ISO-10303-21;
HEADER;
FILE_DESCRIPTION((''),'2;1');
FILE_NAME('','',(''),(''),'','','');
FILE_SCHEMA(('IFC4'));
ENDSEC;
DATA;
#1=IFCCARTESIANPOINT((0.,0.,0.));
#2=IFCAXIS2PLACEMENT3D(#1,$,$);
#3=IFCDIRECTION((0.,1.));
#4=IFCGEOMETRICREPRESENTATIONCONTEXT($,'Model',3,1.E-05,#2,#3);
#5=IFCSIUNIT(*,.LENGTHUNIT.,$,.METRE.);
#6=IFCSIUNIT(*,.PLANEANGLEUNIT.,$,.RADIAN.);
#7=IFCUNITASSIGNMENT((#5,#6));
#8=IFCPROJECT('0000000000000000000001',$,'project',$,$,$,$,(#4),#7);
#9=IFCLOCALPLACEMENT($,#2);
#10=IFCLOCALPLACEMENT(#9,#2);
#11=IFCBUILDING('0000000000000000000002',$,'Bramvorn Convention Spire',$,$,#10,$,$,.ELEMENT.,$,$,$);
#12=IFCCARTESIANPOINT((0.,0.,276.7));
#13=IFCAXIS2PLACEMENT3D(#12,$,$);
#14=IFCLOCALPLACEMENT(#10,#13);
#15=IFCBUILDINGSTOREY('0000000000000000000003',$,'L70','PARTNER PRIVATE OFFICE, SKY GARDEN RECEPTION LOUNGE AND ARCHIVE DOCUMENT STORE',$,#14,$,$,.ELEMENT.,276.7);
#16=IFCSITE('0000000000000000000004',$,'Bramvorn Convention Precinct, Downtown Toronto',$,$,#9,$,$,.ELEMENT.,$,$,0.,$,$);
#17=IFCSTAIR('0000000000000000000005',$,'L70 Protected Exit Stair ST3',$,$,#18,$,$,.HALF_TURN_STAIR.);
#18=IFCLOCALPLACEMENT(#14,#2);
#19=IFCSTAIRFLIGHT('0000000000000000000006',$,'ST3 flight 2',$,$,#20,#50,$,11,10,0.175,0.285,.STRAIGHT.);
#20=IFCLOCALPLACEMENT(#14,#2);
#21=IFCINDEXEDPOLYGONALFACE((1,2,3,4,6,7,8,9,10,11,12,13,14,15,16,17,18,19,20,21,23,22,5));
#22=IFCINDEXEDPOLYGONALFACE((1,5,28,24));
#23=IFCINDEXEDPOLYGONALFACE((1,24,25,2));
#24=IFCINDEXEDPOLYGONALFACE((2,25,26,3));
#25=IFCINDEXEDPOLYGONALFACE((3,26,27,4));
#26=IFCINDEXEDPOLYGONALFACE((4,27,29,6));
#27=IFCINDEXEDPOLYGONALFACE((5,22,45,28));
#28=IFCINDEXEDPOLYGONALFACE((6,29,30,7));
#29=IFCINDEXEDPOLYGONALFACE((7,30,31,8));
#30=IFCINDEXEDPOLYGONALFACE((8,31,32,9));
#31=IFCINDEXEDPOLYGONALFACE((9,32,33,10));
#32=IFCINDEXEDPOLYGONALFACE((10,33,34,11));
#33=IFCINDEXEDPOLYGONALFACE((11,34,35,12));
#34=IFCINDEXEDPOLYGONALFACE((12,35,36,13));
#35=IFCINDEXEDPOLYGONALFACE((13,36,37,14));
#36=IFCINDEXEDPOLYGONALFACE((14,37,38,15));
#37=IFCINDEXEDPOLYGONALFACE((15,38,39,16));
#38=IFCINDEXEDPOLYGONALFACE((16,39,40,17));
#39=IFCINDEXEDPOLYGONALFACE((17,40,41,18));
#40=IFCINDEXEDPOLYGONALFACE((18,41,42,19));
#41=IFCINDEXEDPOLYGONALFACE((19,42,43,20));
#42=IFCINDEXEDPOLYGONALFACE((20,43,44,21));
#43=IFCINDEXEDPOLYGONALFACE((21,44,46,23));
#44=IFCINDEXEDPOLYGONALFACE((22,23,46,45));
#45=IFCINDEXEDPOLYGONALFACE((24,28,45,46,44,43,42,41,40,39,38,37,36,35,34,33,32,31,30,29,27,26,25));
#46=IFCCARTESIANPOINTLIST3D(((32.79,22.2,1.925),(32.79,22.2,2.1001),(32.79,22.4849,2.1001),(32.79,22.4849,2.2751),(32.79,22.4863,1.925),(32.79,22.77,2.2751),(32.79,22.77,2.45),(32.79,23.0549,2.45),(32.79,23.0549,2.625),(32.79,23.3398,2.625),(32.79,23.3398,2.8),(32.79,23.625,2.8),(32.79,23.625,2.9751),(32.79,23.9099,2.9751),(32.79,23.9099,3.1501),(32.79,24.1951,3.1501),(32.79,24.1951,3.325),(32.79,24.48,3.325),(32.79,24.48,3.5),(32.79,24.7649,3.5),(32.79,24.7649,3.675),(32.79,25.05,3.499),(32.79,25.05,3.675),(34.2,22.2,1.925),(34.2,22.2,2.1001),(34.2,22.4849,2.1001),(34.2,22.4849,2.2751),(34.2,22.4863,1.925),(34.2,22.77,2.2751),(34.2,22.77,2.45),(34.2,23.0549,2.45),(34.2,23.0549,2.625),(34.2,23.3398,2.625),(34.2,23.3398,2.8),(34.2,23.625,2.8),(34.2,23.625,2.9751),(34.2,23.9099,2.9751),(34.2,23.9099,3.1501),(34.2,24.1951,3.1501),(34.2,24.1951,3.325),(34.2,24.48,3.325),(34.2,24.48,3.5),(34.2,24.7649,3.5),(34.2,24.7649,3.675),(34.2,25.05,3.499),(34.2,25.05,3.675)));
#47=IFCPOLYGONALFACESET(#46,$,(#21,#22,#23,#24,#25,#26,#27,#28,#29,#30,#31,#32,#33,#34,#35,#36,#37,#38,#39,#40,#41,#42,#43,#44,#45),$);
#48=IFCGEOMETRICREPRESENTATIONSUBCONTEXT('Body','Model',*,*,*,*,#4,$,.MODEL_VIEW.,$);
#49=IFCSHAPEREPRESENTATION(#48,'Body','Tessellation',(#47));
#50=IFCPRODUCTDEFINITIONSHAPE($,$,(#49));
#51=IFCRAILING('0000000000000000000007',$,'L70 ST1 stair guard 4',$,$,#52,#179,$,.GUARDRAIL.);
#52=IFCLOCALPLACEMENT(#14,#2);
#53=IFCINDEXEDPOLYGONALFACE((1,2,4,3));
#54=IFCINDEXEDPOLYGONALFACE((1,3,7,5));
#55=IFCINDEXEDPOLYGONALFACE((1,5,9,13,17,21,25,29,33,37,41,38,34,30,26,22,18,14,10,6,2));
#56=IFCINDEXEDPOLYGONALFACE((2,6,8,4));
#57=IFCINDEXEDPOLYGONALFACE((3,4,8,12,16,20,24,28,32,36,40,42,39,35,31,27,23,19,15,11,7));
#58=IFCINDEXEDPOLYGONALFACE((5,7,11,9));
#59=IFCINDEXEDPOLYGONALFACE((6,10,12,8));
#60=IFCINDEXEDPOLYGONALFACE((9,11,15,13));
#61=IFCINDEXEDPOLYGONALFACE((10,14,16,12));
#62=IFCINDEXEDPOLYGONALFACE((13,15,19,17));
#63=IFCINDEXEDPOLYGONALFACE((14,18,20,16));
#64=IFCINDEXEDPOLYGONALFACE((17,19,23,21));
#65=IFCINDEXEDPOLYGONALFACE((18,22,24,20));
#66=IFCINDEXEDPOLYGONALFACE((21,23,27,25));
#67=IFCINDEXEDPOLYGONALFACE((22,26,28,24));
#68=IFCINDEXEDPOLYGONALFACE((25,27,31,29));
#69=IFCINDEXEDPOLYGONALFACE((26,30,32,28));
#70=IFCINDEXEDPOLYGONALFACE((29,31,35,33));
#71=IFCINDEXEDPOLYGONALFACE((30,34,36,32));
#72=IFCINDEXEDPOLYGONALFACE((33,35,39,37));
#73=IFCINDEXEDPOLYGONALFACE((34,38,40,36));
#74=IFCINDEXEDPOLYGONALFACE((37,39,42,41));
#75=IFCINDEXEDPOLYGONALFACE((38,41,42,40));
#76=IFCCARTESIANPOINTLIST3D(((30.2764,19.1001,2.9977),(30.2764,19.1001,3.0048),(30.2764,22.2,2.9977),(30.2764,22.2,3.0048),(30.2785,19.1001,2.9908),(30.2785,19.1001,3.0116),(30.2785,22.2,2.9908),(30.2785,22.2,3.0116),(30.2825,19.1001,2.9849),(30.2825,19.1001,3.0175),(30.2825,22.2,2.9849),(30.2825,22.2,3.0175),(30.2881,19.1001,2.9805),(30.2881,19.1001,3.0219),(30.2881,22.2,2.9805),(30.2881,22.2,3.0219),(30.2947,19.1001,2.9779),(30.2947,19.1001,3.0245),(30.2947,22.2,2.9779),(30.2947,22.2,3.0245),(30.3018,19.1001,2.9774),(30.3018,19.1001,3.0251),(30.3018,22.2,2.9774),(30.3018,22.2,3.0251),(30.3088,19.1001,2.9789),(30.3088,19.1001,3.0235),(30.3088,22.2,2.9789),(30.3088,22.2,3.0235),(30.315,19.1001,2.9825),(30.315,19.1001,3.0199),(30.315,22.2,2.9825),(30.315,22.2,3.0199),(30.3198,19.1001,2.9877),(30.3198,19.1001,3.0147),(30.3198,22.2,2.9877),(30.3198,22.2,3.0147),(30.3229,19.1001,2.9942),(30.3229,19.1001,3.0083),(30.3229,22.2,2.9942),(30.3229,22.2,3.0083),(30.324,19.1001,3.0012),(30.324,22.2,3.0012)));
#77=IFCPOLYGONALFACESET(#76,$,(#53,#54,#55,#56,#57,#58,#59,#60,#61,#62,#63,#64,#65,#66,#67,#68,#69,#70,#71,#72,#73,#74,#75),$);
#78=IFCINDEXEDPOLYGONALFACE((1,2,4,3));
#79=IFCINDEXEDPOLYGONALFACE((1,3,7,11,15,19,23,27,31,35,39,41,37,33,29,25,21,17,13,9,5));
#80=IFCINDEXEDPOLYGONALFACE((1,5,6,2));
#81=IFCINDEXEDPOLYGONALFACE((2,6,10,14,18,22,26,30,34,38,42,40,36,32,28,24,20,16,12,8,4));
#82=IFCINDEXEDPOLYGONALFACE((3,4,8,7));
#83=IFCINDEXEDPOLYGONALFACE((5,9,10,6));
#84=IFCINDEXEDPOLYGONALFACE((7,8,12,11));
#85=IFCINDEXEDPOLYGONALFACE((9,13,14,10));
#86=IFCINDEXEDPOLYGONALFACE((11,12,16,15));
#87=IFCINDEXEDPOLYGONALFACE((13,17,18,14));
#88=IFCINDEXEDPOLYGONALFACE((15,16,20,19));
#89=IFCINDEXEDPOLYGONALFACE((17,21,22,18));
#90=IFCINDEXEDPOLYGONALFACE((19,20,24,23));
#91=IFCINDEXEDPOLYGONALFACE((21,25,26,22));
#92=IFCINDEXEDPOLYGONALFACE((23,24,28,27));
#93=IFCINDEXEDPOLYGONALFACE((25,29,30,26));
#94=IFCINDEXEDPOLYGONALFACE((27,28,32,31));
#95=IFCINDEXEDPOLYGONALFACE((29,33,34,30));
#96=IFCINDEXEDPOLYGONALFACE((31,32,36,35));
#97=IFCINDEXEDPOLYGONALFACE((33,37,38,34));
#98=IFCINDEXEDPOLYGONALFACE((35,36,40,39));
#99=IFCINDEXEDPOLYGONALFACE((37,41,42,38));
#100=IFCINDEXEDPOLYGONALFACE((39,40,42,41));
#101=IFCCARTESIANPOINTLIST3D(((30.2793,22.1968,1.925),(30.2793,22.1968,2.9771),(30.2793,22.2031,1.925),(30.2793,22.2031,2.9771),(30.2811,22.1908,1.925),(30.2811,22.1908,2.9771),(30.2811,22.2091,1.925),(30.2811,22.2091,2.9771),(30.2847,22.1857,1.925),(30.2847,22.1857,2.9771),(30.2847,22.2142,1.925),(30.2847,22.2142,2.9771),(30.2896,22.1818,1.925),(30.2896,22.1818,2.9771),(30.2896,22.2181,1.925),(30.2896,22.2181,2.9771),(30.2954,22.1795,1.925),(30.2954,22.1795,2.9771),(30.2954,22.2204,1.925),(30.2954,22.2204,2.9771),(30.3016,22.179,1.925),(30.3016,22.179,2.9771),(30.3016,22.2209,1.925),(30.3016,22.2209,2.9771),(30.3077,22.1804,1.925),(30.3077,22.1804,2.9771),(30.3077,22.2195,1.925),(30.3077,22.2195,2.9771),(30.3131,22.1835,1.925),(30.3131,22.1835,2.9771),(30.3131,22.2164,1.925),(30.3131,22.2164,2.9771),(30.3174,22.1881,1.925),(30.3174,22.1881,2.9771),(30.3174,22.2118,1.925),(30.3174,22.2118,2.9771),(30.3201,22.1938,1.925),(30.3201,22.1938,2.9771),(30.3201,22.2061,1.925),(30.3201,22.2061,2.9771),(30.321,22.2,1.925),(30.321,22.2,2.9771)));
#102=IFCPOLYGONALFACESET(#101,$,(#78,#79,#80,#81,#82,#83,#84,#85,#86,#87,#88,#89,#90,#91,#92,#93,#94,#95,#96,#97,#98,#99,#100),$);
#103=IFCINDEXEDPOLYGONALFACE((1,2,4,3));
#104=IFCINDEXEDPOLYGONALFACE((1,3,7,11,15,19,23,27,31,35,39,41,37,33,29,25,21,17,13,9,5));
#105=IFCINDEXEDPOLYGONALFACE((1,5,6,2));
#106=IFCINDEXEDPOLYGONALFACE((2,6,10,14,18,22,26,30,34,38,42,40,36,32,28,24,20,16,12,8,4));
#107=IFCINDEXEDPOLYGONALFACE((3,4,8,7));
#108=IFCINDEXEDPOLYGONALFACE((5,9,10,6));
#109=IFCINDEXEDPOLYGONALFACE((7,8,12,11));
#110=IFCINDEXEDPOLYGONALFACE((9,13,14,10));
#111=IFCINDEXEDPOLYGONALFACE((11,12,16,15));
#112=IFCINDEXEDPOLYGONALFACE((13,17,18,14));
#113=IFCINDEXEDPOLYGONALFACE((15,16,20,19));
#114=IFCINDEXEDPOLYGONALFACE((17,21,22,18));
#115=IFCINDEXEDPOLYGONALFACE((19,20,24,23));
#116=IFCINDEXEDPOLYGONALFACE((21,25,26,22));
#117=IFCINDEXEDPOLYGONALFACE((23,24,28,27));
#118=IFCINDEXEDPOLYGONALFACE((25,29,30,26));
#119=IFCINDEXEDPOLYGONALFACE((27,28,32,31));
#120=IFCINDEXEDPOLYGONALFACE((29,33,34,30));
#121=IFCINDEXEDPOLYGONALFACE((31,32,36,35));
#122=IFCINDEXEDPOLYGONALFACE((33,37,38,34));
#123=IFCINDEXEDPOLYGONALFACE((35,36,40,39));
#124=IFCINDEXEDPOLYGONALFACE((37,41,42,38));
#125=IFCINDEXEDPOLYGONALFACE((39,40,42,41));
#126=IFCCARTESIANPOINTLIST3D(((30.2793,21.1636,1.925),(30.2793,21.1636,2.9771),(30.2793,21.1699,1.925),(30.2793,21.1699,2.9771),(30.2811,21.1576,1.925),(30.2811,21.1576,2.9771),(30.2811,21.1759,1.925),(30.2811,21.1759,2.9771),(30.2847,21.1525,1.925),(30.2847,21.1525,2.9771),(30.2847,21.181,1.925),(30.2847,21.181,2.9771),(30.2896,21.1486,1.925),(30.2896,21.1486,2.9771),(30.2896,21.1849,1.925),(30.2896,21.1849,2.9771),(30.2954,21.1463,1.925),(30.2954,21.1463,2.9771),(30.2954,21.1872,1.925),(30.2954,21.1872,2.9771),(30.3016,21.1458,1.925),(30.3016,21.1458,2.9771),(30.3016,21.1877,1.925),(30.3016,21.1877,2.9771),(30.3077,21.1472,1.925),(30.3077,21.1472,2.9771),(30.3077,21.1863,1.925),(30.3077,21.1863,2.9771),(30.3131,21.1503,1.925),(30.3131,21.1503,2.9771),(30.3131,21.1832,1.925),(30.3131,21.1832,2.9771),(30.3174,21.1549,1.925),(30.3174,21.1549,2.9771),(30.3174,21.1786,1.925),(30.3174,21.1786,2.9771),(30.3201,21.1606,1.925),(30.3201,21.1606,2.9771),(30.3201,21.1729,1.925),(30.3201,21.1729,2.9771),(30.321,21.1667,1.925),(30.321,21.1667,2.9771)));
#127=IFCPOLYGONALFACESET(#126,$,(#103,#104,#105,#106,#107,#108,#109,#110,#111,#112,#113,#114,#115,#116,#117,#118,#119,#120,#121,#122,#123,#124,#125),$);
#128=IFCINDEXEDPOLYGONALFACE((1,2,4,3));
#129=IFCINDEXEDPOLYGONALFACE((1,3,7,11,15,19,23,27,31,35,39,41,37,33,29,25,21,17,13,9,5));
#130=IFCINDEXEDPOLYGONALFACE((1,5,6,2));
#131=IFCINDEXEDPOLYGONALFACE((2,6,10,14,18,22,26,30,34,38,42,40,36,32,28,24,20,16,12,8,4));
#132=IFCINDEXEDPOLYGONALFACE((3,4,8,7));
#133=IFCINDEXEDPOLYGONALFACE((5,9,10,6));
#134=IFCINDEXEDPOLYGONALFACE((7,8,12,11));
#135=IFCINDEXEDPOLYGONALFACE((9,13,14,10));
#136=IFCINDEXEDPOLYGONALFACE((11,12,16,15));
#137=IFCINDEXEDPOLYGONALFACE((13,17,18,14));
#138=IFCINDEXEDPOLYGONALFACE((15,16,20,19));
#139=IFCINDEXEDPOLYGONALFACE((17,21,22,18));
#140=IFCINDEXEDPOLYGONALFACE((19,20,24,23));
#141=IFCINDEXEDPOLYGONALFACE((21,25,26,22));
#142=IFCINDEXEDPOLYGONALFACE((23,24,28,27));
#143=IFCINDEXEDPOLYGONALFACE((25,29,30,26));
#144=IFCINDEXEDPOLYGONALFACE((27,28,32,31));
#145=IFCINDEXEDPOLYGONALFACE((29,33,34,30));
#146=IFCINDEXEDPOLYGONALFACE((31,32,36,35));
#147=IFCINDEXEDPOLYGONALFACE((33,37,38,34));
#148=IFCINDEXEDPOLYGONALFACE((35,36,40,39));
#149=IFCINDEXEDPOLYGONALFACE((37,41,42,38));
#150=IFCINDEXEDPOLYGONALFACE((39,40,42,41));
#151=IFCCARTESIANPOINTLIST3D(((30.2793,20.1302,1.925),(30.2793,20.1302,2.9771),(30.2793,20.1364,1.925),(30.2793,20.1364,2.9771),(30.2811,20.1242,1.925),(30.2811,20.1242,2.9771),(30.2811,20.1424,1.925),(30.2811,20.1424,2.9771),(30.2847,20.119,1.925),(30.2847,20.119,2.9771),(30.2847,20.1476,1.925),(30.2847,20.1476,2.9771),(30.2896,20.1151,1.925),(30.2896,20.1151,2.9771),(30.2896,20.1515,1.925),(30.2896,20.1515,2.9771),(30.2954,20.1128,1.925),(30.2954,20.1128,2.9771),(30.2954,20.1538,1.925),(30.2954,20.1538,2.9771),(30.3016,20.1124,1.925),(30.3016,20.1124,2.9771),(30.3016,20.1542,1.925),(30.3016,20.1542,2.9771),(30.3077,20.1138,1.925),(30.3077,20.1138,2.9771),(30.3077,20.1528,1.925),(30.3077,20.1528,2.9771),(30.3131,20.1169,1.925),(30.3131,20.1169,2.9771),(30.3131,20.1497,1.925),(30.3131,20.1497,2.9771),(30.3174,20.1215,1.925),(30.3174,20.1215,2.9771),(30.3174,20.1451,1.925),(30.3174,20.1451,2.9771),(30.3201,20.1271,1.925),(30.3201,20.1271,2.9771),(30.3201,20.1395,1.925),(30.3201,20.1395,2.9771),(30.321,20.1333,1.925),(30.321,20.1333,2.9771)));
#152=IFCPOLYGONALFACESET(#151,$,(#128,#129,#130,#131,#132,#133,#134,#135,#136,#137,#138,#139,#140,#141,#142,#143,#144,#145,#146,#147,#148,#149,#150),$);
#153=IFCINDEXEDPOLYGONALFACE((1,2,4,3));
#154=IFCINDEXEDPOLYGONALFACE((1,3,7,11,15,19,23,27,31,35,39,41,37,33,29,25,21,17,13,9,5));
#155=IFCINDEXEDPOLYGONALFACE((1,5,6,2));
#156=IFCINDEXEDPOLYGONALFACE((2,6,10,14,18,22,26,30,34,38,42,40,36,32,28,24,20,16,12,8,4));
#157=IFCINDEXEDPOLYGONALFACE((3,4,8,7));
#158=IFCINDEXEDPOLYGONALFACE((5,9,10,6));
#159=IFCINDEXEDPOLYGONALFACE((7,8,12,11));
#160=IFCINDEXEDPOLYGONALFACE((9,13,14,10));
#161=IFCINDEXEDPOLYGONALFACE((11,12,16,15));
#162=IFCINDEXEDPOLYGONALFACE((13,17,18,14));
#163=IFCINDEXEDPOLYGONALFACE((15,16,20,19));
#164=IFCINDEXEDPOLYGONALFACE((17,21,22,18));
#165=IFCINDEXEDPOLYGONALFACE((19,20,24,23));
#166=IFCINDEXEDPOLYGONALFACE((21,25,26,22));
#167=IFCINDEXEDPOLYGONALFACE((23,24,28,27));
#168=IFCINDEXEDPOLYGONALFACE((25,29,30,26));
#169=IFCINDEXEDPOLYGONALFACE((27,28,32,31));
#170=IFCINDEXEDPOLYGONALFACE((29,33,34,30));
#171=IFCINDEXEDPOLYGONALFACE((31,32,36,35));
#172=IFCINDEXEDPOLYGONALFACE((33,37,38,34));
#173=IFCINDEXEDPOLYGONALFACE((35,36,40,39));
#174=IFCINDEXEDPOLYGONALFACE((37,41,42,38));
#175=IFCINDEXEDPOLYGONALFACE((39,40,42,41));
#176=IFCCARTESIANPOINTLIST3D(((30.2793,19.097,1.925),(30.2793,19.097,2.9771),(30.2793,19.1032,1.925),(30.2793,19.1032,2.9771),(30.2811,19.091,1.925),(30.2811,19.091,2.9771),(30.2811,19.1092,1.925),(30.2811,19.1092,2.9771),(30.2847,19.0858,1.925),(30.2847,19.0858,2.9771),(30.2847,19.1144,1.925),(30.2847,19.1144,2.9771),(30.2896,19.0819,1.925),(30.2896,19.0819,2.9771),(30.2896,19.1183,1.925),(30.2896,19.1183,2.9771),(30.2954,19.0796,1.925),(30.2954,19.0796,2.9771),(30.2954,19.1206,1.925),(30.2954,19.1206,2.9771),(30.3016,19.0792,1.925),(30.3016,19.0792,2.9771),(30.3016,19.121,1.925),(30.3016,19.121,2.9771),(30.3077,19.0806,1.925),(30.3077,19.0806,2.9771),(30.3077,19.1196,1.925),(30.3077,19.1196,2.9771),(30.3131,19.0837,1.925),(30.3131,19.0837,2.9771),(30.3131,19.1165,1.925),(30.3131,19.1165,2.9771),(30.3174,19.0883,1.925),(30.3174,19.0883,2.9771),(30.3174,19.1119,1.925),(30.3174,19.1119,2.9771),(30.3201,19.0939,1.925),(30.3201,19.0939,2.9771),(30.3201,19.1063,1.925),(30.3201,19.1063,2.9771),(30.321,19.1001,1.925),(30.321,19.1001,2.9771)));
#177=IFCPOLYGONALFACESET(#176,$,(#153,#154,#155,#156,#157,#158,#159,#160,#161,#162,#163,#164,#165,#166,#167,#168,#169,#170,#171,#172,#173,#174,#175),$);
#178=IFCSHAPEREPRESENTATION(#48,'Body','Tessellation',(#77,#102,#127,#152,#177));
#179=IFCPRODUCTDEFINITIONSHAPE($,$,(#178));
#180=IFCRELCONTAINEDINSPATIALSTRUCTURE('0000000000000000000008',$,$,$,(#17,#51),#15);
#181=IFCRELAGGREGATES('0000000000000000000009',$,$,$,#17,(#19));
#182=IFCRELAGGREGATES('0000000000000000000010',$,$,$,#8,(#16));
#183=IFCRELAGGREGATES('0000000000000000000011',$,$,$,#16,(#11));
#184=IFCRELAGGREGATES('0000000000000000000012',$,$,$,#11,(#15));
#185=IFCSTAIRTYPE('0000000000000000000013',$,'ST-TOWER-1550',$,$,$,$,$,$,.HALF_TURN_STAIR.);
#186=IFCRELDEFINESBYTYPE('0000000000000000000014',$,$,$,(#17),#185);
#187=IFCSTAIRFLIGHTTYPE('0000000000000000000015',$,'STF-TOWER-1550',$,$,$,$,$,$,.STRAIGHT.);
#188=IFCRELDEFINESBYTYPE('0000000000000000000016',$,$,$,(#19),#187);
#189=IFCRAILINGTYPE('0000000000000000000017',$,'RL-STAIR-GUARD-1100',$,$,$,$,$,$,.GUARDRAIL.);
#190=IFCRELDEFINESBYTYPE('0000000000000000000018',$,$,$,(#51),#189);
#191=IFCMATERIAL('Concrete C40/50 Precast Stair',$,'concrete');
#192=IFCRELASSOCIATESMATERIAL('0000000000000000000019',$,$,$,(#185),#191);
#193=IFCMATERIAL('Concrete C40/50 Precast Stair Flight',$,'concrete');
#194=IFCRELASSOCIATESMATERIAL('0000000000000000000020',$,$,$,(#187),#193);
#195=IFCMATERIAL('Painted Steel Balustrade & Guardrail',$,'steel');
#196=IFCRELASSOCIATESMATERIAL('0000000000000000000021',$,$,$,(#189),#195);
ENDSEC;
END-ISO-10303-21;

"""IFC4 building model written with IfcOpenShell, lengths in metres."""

from ifc_helpers import new_model, si_unit, direction, frame, origin, origin_2d, place, context, subcontext, project, spatial, polyline, circle, outline, extrude, material, type_object, element, aggregate, save


model = new_model("IFC4")

# Units and contexts
model_context = context("Model", 3, precision=1e-05, world=origin(), true_north=direction((0.0, 1.0)))
body_context = subcontext(model_context, "Body", "Model", "MODEL_VIEW")
ifc_project = project(units=[si_unit("LENGTHUNIT", "METRE"), si_unit("PLANEANGLEUNIT", "RADIAN")], contexts=[model_context])

# Site, building, storey
site_placement = place(None, origin())
site = spatial("IfcSite", under=ifc_project, at=site_placement, Name="Bramvorn Convention Precinct, Downtown Toronto", CompositionType="ELEMENT", RefElevation=0.0)
building_placement = place(site_placement, origin())
building = spatial("IfcBuilding", under=site, at=building_placement, Name="Bramvorn Convention Spire", CompositionType="ELEMENT")
storey_placement = place(building_placement, frame((0.0, 0.0, 276.7)))
storey = spatial("IfcBuildingStorey", under=building, at=storey_placement, Name="L70", Description="PARTNER PRIVATE OFFICE, SKY GARDEN RECEPTION LOUNGE AND ARCHIVE DOCUMENT STORE", CompositionType="ELEMENT", Elevation=276.7)

# Stair, stair flight
ifc_material_1 = material(Name="Concrete C40/50 Precast Stair", Category="concrete")
stair_type = type_object("IfcStairType", Name="ST-TOWER-1550", PredefinedType="HALF_TURN_STAIR", material=ifc_material_1)
ifc_material_2 = material(Name="Concrete C40/50 Precast Stair Flight", Category="concrete")
stair_flight_type = type_object("IfcStairFlightType", Name="STF-TOWER-1550", PredefinedType="STRAIGHT", material=ifc_material_2)
stair_1_placement = place(storey_placement, origin())
stair_1 = element("IfcStair", 1, at=stair_1_placement, inside=storey, type_object=stair_type, Name="L70 Protected Exit Stair ST3", PredefinedType="HALF_TURN_STAIR")
stair_flight_1_placement = place(storey_placement, frame((33.4951, 22.2, 1.925), z_axis=(0.0, 0.0, 1.0), x_axis=(0.0, 1.0, 0.0)))
stair_flight_1 = element("IfcStairFlight", 2, at=stair_flight_1_placement, type_object=stair_flight_type, Name="ST3 flight 2", NumberOfRisers=11, NumberOfTreads=10, PredefinedType="STRAIGHT", RiserHeight=0.175, TreadLength=0.285, context=body_context, shape_type="SweptSolid", body=[
    extrude(outline(polyline([(0.0, 0.0), (0.0, 0.175), (0.2849, 0.175), (0.2849, 0.3501), (0.5701, 0.3501), (0.5701, 0.5249), (0.855, 0.5249), (0.855, 0.7), (1.1399, 0.7), (1.1399, 0.875), (1.425, 0.875), (1.425, 1.05), (1.71, 1.05), (1.71, 1.2251), (1.9951, 1.2251), (1.9951, 1.3999), (2.28, 1.3999), (2.28, 1.575), (2.5649, 1.575), (2.5649, 1.75), (2.8501, 1.75), (2.8501, 1.925), (2.8501, 1.574), (0.2864, 0.0), (0.0, 0.0)])), frame((0.0, 0.7051, 0.0), z_axis=(0.0, -1.0, 0.0), x_axis=(1.0, 0.0, 0.0)), (0.0, 0.0, 1.0), 1.4099),
])
aggregate(stair_1, [stair_flight_1])

# Railing
ifc_material_3 = material(Name="Painted Steel Balustrade & Guardrail", Category="steel")
railing_type_1 = type_object("IfcRailingType", Name="RL-STAIR-GUARD-1100", PredefinedType="GUARDRAIL", material=ifc_material_3)
railing_1_placement = place(storey_placement, frame((30.3, 22.2, 1.925)))
element("IfcRailing", 3, at=railing_1_placement, inside=storey, type_object=railing_type_1, Name="L70 ST1 stair guard 4", PredefinedType="GUARDRAIL", context=body_context, shape_type="SweptSolid", body=[
    extrude(circle(Radius=0.0239, at=origin_2d()), frame((0.0, 0.0, 1.0762), z_axis=(0.0, -1.0, 0.0), x_axis=(1.0, 0.0, 0.0)), (0.0, 0.0, 1.0), 3.0999),
    extrude(circle(Radius=0.021, at=origin_2d()), origin(), (0.0, 0.0, 1.0), 1.052),
    extrude(circle(Radius=0.021, at=origin_2d()), frame((0.0, -1.0332, 0.0)), (0.0, 0.0, 1.0), 1.052),
    extrude(circle(Radius=0.021, at=origin_2d()), frame((0.0, -2.0667, 0.0)), (0.0, 0.0, 1.0), 1.052),
    extrude(circle(Radius=0.021, at=origin_2d()), frame((0.0, -3.0999, 0.0)), (0.0, 0.0, 1.0), 1.052),
])

save(model, "model.ifc")
